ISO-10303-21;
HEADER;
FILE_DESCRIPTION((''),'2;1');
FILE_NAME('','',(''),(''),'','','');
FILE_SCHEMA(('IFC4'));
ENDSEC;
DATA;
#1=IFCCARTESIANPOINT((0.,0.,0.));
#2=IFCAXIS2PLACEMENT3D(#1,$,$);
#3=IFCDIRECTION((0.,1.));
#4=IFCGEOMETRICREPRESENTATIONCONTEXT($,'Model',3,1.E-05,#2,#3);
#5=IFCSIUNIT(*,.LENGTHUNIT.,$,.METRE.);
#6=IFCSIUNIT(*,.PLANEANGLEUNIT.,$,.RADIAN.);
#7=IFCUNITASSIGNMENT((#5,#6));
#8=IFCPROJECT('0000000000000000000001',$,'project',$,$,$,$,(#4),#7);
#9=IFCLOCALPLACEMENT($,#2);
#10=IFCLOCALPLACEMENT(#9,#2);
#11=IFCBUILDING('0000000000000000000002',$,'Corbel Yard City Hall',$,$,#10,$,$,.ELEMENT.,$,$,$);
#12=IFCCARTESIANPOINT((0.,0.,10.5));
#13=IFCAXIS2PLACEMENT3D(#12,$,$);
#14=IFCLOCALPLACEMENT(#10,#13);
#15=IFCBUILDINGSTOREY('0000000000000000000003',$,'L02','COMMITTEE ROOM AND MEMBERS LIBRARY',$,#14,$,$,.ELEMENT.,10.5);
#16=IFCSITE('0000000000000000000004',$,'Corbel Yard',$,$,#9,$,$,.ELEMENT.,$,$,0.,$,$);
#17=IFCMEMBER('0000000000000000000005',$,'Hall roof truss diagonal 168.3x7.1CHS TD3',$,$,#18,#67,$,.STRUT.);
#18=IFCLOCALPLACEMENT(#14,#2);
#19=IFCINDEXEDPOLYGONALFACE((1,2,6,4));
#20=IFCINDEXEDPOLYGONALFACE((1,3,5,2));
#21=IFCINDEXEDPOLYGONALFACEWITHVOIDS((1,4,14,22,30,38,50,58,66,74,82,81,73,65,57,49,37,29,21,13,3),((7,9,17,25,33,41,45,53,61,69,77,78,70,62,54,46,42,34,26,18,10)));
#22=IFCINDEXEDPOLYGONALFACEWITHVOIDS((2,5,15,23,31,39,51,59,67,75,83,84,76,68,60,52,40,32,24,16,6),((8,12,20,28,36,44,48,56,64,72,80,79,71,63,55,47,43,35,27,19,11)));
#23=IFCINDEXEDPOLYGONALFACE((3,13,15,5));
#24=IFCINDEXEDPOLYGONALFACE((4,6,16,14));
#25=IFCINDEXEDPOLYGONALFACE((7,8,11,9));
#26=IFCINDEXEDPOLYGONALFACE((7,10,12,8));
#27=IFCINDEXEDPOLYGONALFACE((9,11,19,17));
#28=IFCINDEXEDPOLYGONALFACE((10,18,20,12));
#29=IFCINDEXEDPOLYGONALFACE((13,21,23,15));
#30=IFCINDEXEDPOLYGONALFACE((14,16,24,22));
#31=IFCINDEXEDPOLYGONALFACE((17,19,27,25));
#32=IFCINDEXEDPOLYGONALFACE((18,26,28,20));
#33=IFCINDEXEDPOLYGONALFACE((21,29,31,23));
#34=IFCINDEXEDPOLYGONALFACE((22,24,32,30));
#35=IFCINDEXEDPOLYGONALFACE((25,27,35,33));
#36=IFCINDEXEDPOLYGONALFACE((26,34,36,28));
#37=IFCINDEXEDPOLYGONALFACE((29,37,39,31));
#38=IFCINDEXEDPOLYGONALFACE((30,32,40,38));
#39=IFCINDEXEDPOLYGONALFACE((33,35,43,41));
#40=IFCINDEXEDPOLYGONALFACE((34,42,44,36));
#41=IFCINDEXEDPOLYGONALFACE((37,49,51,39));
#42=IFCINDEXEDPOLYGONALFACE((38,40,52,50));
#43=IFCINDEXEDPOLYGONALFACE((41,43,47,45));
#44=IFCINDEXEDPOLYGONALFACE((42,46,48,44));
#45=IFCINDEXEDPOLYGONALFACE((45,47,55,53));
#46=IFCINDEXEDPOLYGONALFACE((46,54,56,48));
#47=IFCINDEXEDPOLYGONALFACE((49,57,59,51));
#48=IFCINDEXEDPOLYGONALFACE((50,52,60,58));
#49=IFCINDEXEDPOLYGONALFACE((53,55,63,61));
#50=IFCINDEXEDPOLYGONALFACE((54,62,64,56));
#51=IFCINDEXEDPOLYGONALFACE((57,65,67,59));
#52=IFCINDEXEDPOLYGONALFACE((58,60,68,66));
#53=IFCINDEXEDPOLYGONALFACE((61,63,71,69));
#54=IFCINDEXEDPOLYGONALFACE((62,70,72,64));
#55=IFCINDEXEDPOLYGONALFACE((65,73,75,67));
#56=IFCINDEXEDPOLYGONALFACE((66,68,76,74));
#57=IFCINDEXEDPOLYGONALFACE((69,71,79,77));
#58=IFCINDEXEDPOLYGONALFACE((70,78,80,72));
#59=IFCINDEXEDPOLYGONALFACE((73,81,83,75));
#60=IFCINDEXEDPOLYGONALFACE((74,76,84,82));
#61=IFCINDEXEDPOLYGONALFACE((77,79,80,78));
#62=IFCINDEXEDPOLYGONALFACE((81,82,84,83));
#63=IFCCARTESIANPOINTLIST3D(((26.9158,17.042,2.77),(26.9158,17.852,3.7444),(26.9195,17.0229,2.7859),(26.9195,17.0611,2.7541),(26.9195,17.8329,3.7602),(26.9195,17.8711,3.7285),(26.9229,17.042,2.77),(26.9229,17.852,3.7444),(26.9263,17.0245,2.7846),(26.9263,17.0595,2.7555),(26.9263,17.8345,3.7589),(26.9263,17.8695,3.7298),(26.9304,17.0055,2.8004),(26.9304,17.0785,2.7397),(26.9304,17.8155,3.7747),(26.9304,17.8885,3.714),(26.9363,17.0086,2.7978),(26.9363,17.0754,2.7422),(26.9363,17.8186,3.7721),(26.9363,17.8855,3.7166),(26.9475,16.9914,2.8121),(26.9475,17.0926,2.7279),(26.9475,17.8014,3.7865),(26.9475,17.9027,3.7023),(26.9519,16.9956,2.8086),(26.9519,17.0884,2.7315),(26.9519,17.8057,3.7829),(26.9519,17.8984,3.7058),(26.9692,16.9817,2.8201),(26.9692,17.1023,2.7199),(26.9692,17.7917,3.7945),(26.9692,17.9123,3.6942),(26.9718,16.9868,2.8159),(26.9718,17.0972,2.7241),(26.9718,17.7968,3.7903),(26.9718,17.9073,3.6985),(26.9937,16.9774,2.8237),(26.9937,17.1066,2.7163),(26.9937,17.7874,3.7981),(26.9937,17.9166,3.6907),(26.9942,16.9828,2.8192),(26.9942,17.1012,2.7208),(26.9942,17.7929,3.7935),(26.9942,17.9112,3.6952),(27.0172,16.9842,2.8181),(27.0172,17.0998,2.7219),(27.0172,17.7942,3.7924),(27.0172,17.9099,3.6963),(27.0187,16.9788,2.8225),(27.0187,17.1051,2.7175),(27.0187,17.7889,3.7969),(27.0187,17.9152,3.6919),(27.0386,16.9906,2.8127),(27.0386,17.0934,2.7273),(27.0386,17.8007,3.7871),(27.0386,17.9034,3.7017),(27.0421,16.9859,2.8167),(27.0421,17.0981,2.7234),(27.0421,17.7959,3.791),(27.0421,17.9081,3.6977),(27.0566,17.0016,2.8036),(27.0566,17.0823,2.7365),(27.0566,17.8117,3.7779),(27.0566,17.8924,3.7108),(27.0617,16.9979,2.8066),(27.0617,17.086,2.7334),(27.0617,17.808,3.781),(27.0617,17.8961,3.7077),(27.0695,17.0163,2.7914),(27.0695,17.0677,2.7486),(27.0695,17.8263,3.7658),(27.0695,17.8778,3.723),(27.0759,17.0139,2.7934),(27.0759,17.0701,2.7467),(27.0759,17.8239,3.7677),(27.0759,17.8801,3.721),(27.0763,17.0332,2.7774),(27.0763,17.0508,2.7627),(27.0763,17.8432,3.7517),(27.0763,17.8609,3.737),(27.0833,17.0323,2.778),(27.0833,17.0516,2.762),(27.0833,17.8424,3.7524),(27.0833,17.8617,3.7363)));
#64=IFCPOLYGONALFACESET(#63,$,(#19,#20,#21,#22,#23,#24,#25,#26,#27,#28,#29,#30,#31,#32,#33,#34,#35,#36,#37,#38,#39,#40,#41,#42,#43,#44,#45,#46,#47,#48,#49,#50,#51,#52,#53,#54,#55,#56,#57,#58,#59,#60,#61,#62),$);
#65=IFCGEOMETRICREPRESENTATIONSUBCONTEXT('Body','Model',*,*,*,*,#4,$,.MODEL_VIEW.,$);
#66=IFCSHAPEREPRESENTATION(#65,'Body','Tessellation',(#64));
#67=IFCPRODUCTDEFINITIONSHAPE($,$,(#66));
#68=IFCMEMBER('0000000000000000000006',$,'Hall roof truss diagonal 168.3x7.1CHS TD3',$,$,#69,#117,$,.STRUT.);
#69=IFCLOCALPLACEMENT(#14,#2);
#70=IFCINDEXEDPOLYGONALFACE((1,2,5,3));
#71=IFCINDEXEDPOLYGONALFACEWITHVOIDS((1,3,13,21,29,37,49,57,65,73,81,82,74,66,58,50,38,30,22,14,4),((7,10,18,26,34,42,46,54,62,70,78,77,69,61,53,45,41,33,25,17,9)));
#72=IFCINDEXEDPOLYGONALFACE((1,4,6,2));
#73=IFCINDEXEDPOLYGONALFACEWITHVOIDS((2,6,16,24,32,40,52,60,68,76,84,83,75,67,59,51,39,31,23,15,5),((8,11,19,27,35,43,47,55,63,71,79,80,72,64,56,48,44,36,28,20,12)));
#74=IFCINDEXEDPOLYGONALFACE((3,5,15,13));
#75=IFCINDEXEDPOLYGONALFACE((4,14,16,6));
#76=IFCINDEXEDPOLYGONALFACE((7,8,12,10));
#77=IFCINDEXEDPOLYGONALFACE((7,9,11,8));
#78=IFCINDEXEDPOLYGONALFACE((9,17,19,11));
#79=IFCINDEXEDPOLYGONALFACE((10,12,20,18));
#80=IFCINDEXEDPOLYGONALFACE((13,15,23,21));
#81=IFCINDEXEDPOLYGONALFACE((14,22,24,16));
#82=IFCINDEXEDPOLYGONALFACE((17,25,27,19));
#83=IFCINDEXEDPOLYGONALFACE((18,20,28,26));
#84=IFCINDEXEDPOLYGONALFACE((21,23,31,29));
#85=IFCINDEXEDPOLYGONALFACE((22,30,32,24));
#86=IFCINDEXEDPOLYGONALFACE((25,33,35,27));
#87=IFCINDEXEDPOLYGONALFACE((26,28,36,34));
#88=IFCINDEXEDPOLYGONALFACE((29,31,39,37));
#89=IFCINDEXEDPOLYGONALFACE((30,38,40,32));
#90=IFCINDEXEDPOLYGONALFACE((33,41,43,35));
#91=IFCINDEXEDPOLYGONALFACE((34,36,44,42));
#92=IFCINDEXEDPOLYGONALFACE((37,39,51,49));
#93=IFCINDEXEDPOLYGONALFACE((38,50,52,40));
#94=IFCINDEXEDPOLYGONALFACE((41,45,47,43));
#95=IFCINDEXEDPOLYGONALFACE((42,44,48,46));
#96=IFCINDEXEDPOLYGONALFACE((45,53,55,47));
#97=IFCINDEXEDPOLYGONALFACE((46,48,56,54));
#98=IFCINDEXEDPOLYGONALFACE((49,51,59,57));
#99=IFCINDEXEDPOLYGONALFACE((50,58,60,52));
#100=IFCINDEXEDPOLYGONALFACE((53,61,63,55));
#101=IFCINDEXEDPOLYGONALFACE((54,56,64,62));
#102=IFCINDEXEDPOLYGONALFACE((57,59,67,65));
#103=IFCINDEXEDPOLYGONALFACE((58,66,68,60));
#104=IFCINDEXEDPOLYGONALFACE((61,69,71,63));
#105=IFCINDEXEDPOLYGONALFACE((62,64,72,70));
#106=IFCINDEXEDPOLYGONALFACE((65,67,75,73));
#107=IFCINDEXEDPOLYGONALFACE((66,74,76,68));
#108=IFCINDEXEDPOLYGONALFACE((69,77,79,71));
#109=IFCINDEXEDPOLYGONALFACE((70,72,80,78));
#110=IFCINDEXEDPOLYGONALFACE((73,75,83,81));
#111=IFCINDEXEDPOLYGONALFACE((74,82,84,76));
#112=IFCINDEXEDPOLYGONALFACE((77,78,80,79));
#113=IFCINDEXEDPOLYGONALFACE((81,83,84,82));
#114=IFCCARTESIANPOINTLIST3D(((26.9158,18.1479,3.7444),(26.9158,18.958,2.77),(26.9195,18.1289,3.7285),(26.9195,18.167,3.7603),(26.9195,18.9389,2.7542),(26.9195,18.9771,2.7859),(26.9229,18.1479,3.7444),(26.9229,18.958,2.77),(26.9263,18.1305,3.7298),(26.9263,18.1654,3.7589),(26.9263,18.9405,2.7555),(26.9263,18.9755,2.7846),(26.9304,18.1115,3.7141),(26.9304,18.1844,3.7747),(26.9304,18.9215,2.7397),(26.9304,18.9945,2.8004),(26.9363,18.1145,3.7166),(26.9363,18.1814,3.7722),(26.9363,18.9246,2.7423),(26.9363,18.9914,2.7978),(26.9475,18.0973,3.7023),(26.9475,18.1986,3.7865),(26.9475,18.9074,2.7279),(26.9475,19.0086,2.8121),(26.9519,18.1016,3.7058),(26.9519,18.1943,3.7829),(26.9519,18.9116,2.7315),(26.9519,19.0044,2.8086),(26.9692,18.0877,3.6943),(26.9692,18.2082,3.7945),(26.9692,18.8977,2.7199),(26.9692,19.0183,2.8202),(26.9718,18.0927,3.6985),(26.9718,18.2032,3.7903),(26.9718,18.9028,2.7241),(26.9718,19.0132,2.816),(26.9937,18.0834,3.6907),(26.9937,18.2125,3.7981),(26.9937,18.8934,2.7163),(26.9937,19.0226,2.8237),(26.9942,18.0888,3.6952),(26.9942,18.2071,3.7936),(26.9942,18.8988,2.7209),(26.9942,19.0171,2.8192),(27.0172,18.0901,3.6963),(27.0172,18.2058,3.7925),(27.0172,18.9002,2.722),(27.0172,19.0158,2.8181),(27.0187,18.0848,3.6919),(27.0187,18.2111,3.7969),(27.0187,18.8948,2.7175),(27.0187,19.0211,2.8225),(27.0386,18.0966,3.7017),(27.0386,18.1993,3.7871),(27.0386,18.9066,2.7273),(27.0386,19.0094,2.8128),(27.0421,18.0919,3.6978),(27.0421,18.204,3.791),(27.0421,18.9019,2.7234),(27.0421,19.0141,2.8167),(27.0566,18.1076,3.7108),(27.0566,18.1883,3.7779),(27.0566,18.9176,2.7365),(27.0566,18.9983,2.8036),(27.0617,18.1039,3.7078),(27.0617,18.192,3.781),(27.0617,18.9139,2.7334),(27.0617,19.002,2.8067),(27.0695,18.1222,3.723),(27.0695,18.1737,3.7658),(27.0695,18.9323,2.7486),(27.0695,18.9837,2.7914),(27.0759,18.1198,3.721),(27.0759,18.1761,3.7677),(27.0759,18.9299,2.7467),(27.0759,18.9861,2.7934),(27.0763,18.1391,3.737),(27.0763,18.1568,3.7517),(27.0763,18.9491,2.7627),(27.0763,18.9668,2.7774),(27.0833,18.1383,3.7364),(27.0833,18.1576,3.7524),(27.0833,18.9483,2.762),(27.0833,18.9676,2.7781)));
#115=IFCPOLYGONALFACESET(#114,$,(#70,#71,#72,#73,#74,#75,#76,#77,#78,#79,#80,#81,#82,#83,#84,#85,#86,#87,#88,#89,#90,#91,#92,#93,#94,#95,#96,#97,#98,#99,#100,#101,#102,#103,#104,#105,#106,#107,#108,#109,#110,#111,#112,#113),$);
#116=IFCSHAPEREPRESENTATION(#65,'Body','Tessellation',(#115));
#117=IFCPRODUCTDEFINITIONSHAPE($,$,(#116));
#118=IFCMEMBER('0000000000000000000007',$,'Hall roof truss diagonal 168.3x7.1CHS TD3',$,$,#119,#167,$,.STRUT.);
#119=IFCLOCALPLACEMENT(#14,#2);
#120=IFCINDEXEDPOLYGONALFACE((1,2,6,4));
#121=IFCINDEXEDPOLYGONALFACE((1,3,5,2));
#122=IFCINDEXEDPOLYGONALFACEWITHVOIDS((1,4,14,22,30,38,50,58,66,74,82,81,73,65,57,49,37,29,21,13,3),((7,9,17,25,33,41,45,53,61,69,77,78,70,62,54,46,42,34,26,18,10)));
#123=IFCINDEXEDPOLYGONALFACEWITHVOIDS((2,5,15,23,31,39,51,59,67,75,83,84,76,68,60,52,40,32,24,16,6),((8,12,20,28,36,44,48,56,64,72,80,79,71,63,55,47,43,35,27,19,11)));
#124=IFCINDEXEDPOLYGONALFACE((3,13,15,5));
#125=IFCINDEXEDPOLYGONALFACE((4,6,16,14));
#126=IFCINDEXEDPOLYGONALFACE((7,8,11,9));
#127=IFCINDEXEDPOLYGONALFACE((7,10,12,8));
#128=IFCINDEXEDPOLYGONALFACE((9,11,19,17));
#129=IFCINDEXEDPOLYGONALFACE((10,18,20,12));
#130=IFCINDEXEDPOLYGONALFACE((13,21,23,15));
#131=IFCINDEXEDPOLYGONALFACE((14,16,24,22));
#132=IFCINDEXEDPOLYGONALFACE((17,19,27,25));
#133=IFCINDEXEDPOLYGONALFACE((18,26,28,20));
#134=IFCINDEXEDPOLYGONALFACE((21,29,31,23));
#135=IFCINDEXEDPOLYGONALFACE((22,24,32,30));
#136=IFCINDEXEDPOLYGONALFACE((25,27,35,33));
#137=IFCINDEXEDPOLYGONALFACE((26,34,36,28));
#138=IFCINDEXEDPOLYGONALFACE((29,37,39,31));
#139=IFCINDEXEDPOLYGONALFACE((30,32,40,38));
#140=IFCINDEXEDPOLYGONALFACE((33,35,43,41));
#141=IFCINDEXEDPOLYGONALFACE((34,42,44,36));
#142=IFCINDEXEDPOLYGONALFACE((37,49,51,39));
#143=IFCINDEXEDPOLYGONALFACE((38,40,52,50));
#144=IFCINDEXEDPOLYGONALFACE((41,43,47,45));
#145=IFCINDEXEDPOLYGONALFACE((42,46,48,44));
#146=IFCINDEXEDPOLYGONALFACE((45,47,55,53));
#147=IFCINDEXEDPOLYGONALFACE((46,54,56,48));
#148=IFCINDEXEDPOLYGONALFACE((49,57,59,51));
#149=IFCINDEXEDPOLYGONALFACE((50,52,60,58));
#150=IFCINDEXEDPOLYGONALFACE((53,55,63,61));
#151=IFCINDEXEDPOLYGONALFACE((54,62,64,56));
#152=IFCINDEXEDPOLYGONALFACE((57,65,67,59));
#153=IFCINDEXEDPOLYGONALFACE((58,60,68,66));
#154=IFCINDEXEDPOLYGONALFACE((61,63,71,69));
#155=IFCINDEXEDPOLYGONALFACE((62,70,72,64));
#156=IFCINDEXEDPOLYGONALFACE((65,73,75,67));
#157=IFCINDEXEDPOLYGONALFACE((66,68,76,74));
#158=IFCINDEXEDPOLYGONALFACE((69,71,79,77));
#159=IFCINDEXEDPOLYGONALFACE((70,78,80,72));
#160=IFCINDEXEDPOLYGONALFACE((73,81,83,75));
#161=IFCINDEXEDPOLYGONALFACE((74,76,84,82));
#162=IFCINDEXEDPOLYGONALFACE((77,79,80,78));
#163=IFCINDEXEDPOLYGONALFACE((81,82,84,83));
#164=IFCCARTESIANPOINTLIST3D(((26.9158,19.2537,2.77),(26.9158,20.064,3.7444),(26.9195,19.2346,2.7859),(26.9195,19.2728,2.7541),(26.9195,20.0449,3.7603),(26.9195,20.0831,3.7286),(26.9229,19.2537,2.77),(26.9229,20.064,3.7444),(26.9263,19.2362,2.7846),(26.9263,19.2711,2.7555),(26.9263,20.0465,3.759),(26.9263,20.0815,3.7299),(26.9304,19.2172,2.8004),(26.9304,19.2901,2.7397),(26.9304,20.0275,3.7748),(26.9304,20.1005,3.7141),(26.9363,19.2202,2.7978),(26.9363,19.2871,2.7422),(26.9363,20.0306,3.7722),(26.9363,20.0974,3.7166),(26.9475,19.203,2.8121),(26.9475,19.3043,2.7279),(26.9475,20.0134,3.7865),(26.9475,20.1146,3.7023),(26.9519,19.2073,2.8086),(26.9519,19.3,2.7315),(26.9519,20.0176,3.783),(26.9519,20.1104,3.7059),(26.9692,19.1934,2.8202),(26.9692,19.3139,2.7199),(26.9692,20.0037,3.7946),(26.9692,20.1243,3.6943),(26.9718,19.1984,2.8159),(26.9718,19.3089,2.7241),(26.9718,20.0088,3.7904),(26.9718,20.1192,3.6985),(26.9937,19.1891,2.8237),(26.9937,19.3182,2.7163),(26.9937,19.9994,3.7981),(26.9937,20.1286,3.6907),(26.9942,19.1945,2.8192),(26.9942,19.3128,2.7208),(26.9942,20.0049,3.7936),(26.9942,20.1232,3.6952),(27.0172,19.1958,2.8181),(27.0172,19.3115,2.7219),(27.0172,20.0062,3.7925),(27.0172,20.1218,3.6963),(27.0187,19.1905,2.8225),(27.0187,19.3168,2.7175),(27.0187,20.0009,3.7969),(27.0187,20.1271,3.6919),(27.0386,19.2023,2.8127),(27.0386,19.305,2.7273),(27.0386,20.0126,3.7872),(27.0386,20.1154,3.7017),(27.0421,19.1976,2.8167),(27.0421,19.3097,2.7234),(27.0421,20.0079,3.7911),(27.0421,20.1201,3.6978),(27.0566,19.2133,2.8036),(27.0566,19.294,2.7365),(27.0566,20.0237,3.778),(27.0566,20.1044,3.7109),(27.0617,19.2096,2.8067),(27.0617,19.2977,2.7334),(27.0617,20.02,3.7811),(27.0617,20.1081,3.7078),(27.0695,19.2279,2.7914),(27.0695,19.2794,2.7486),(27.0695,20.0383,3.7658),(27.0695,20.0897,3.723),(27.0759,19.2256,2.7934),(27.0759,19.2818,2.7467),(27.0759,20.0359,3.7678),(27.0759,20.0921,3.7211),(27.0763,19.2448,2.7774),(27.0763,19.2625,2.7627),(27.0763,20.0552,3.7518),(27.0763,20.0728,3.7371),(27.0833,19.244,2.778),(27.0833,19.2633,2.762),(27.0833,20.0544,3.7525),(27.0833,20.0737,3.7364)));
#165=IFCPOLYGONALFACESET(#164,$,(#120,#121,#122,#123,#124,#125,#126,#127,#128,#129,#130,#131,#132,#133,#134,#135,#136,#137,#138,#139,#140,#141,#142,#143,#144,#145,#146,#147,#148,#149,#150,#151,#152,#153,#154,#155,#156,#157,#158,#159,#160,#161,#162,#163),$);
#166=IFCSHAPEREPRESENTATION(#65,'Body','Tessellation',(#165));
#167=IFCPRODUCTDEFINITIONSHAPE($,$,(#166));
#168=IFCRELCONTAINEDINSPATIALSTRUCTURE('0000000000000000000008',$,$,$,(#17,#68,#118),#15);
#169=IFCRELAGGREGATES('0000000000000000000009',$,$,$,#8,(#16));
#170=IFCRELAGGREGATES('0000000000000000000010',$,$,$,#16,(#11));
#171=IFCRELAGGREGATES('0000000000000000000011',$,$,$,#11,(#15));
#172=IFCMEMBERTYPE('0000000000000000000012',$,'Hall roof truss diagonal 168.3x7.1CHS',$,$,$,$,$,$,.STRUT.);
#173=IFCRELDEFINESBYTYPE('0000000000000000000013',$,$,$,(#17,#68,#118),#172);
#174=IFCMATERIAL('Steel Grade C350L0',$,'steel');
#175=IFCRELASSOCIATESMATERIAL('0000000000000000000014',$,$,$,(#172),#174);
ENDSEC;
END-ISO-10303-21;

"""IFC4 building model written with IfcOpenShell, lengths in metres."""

from ifc_helpers import new_model, si_unit, direction, frame, origin, origin_2d, place, context, subcontext, project, spatial, hollow_circle, extrude, material, material_profile, profile_set, type_object, element, save


model = new_model("IFC4")

# Units and contexts
model_context = context("Model", 3, precision=1e-05, world=origin(), true_north=direction((0.0, 1.0)))
body_context = subcontext(model_context, "Body", "Model", "MODEL_VIEW")
ifc_project = project(units=[si_unit("LENGTHUNIT", "METRE"), si_unit("PLANEANGLEUNIT", "RADIAN")], contexts=[model_context])

# Site, building, storey
site_placement = place(None, origin())
site = spatial("IfcSite", under=ifc_project, at=site_placement, Name="Corbel Yard", CompositionType="ELEMENT", RefElevation=0.0)
building_placement = place(site_placement, origin())
building = spatial("IfcBuilding", under=site, at=building_placement, Name="Corbel Yard City Hall", CompositionType="ELEMENT")
storey_placement = place(building_placement, frame((0.0, 0.0, 10.5)))
storey = spatial("IfcBuildingStorey", under=building, at=storey_placement, Name="L02", Description="COMMITTEE ROOM AND MEMBERS LIBRARY", CompositionType="ELEMENT", Elevation=10.5)

# Members
ifc_material_1 = material(Name="Steel Grade C350L0", Category="steel")
ifc_material_profile_1 = material_profile(ifc_material_1, hollow_circle(Radius=0.0842, WallThickness=0.0071, at=origin_2d()), Name="168.3x7.1CHS")
ifc_profile_set_1 = profile_set([ifc_material_profile_1], Name="Steel Grade C350L0")
member_type_1 = type_object("IfcMemberType", Name="Hall roof truss diagonal 168.3x7.1CHS", PredefinedType="STRUT", material=ifc_profile_set_1)
for number, where, z_axis, x_axis, name in (
    (1, (27.0, 17.042, 2.77), (0.0, 0.639293, 0.768963), (-1.0, 0.0, 0.0), "Hall roof truss diagonal 168.3x7.1CHS TD3"),
    (2, (27.0, 18.1479, 3.7444), (0.0, 0.639293, -0.768963), (-1.0, 0.0, 0.0), "Hall roof truss diagonal 168.3x7.1CHS TD3"),
):
    element("IfcMember", number, at=place(storey_placement, frame(where, z_axis=z_axis, x_axis=x_axis)), inside=storey, type_object=member_type_1, Name=name, PredefinedType="STRUT", context=body_context, shape_type="SweptSolid", body=[
        extrude(hollow_circle(Radius=0.0842, WallThickness=0.0071, at=origin_2d()), origin(), (0.0, 0.0, 1.0), 1.2671),
    ])
for number, where, z_axis, x_axis, name in (
    (3, (27.0, 19.2537, 2.77), (0.0, 0.639407, 0.768868), (-1.0, 0.0, 0.0), "Hall roof truss diagonal 168.3x7.1CHS TD3"),
):
    element("IfcMember", number, at=place(storey_placement, frame(where, z_axis=z_axis, x_axis=x_axis)), inside=storey, type_object=member_type_1, Name=name, PredefinedType="STRUT", context=body_context, shape_type="SweptSolid", body=[
        extrude(hollow_circle(Radius=0.0842, WallThickness=0.0071, at=origin_2d()), origin(), (0.0, 0.0, 1.0), 1.2673),
    ])

save(model, "model.ifc")
